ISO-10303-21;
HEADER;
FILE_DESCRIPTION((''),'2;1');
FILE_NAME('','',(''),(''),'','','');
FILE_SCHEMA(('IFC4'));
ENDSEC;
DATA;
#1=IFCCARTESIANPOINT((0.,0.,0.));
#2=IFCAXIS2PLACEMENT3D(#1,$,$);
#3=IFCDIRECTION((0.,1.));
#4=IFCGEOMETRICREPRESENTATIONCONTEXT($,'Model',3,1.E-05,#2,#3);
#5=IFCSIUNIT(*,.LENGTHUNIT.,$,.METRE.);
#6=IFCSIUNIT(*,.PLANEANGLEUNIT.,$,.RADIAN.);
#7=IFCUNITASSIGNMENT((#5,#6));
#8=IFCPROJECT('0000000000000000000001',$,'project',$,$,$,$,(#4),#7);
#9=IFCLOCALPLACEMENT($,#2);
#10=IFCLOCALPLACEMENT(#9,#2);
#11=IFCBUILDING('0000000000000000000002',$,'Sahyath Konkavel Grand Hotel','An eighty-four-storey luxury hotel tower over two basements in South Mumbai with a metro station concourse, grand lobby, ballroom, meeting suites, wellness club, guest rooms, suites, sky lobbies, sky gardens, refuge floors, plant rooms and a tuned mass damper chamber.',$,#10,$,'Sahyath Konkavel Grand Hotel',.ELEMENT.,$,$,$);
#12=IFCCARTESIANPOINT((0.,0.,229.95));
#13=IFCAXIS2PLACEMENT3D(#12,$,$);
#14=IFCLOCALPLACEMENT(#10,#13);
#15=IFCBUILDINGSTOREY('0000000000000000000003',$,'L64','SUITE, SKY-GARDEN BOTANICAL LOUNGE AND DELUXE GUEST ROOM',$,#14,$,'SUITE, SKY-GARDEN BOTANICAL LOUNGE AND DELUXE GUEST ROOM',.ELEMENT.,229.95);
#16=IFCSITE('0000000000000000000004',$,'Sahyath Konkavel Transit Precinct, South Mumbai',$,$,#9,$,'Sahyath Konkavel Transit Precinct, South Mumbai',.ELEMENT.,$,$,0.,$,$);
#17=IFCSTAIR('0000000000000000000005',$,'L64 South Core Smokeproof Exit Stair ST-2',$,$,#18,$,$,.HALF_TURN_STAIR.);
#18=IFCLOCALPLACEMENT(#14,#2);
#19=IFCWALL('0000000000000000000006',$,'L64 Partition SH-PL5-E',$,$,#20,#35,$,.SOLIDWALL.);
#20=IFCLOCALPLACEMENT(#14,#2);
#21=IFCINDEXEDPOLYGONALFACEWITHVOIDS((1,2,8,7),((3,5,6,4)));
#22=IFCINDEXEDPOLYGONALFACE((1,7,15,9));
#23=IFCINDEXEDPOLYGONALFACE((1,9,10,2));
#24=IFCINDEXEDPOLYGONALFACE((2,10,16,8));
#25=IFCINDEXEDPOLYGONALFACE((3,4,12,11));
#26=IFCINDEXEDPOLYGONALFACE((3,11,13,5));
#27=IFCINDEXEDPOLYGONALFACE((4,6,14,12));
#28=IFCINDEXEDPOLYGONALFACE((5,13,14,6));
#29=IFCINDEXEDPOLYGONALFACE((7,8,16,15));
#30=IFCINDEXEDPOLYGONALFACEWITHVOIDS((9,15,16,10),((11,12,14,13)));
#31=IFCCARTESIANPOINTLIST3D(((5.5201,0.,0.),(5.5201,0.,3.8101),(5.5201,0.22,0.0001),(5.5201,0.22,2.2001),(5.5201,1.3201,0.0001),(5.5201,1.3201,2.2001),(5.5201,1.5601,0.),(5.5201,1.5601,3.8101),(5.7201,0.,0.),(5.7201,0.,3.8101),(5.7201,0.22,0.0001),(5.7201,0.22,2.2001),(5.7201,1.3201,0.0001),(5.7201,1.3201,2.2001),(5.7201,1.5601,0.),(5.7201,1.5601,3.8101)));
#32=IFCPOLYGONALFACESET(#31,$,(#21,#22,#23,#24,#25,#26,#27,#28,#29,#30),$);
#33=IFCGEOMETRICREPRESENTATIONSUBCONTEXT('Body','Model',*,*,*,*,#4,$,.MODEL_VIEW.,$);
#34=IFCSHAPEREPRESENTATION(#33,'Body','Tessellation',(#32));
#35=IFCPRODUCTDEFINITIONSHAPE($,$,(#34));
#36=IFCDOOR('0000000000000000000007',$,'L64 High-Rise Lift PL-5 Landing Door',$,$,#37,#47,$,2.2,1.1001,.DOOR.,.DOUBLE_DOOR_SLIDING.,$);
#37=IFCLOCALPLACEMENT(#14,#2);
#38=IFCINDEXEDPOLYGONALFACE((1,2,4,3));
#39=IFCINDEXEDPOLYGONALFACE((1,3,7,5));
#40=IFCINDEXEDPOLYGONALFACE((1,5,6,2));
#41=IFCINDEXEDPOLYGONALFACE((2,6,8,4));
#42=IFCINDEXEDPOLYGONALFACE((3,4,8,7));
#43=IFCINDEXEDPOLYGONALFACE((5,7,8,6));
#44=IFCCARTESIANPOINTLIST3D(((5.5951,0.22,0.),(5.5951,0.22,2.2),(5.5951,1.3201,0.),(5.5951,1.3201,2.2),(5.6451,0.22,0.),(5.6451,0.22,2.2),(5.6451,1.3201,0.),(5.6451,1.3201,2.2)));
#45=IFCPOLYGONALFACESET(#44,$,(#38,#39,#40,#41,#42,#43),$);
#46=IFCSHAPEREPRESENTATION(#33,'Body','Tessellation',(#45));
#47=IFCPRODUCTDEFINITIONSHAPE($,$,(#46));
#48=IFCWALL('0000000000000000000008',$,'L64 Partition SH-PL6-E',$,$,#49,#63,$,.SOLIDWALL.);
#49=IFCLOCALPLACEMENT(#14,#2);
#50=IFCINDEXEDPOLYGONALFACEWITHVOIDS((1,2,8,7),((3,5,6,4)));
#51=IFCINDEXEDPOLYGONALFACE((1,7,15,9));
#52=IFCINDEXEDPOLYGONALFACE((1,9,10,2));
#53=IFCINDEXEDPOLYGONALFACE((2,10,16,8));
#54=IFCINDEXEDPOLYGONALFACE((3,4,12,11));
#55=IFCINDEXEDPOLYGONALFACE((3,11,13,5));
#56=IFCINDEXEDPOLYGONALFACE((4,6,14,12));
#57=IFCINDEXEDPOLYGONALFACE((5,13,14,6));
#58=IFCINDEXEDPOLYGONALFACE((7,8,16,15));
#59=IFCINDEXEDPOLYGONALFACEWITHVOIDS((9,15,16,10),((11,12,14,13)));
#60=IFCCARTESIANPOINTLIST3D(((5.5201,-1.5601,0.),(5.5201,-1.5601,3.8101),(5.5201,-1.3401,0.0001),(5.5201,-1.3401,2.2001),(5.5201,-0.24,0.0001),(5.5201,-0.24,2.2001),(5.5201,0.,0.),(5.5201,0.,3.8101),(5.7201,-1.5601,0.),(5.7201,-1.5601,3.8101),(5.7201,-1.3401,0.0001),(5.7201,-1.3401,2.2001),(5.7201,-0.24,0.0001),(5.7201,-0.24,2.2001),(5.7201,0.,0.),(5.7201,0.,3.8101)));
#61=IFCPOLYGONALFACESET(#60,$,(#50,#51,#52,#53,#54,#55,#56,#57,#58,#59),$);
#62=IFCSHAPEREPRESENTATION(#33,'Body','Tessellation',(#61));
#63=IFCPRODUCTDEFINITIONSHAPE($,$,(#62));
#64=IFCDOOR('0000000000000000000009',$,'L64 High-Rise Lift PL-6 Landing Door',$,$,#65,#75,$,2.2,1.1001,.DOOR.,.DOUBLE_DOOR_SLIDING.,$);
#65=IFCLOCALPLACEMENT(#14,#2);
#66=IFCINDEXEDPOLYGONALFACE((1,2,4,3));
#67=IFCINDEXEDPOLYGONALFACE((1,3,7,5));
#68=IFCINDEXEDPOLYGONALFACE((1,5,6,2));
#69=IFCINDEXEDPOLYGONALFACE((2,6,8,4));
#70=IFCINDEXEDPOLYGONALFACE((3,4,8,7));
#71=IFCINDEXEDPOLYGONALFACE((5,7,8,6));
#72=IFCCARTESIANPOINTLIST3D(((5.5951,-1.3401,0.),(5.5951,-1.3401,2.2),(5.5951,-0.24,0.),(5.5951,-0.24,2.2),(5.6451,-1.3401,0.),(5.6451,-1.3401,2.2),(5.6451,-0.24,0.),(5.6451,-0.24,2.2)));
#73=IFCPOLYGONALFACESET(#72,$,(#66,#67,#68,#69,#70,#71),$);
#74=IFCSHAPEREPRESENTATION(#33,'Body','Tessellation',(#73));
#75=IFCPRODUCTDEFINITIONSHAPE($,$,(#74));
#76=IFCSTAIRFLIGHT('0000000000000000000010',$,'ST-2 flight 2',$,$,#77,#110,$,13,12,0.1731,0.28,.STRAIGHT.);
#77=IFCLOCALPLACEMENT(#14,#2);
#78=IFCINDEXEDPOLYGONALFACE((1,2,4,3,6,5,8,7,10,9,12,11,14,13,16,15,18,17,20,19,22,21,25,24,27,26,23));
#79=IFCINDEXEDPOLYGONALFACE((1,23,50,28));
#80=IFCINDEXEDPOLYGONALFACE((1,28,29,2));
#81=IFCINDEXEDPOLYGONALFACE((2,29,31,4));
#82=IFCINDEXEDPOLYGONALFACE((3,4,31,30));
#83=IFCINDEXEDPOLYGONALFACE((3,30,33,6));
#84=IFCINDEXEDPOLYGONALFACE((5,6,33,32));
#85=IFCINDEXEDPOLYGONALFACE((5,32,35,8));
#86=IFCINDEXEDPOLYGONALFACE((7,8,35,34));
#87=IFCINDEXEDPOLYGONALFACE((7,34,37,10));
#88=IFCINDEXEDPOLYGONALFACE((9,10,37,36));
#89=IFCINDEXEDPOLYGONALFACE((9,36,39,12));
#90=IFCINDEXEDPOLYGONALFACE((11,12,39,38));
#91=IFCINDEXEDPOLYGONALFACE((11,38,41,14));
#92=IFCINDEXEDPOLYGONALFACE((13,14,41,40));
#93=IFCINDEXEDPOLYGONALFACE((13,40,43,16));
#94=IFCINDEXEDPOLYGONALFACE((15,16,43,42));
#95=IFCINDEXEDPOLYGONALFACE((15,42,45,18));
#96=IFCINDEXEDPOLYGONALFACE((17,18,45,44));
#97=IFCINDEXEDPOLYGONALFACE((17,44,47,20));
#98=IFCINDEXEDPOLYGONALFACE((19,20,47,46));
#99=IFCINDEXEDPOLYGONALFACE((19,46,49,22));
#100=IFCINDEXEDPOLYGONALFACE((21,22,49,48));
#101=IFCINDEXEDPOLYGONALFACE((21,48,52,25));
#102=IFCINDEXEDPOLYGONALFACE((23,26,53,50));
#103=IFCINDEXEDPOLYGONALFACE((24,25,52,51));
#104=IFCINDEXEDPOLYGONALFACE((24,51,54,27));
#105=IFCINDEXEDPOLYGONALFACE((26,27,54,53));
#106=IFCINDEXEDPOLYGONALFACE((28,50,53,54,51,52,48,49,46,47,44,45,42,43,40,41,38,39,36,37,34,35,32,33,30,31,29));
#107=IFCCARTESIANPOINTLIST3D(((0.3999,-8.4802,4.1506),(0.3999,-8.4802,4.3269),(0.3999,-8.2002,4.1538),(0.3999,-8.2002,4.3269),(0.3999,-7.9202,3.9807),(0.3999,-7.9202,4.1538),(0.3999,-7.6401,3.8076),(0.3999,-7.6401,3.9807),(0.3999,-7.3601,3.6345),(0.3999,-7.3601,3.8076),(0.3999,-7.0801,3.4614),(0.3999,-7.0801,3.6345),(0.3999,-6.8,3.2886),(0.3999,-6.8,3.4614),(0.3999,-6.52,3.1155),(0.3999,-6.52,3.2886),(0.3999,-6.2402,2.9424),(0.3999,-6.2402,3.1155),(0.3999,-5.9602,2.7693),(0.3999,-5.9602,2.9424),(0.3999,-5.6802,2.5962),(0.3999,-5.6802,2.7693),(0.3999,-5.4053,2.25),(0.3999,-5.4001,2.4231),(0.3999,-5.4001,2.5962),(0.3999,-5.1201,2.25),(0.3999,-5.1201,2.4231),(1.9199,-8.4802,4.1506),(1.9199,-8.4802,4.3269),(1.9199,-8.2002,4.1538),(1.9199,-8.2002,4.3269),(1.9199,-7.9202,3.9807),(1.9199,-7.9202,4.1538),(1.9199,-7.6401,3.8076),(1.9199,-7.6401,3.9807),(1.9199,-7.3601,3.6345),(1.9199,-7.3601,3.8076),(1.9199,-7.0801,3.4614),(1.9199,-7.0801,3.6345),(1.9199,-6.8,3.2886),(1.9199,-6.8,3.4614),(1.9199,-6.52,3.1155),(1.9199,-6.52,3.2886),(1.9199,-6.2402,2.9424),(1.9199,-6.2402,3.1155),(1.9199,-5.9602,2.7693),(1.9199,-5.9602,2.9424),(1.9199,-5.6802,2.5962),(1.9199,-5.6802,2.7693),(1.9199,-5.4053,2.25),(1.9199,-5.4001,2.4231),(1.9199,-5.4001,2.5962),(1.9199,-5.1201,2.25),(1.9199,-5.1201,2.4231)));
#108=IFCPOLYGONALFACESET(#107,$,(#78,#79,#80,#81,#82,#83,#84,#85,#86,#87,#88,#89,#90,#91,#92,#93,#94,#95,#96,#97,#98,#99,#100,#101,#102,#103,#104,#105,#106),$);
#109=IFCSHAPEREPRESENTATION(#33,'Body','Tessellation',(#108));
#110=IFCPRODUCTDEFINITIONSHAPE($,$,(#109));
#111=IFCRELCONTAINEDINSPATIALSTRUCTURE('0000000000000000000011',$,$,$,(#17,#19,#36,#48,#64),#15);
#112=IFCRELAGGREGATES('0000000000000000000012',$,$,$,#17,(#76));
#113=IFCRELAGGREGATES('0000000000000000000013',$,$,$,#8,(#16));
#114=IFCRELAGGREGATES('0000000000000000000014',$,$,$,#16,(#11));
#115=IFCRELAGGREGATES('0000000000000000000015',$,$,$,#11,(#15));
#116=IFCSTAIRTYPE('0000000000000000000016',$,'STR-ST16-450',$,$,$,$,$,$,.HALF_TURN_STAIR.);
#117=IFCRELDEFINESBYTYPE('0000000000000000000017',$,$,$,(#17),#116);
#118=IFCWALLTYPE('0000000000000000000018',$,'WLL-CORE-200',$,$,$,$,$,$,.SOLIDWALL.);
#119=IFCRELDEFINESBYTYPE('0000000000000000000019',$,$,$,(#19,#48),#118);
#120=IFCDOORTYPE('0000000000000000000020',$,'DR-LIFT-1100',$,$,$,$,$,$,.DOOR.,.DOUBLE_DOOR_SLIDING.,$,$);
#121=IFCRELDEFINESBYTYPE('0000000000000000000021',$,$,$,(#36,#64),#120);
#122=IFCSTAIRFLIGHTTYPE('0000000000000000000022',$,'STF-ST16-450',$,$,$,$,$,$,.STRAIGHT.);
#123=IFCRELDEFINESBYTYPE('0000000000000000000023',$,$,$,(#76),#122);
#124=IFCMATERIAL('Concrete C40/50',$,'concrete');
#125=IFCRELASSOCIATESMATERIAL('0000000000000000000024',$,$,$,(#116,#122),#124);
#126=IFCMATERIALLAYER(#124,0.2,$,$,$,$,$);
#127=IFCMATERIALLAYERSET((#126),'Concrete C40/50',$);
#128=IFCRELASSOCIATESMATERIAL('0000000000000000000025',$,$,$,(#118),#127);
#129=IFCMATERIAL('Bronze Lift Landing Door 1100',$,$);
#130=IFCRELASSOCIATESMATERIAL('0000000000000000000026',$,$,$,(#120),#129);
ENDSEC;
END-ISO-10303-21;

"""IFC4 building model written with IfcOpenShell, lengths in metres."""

from ifc_helpers import new_model, si_unit, direction, frame, frame_2d, origin, origin_2d, place, context, subcontext, project, spatial, polyline, rectangle, outline, extrude, source, transform, mapped, material, layer, layer_set, type_object, element, fill, aggregate, save


model = new_model("IFC4")

# Units and contexts
model_context = context("Model", 3, precision=1e-05, world=origin(), true_north=direction((0.0, 1.0)))
body_context = subcontext(model_context, "Body", "Model", "MODEL_VIEW")
ifc_project = project(units=[si_unit("LENGTHUNIT", "METRE"), si_unit("PLANEANGLEUNIT", "RADIAN")], contexts=[model_context])

# Site, building, storey
site_placement = place(None, origin())
site = spatial("IfcSite", under=ifc_project, at=site_placement, Name="Sahyath Konkavel Transit Precinct, South Mumbai", LongName="Sahyath Konkavel Transit Precinct, South Mumbai", CompositionType="ELEMENT", RefElevation=0.0)
building_placement = place(site_placement, origin())
building = spatial("IfcBuilding", under=site, at=building_placement, Name="Sahyath Konkavel Grand Hotel", Description="An eighty-four-storey luxury hotel tower over two basements in South Mumbai with a metro station concourse, grand lobby, ballroom, meeting suites, wellness club, guest rooms, suites, sky lobbies, sky gardens, refuge floors, plant rooms and a tuned mass damper chamber.", LongName="Sahyath Konkavel Grand Hotel", CompositionType="ELEMENT")
storey_placement = place(building_placement, frame((0.0, 0.0, 229.95)))
storey = spatial("IfcBuildingStorey", under=building, at=storey_placement, Name="L64", Description="SUITE, SKY-GARDEN BOTANICAL LOUNGE AND DELUXE GUEST ROOM", LongName="SUITE, SKY-GARDEN BOTANICAL LOUNGE AND DELUXE GUEST ROOM", CompositionType="ELEMENT", Elevation=229.95)

# Shared definitions
ifc_material_1 = material(Name="Concrete C40/50", Category="concrete")

# Stair
stair_type = type_object("IfcStairType", Name="STR-ST16-450", PredefinedType="HALF_TURN_STAIR", material=ifc_material_1)
stair_1_placement = place(storey_placement, origin())
stair_1 = element("IfcStair", 1, at=stair_1_placement, inside=storey, type_object=stair_type, Name="L64 South Core Smokeproof Exit Stair ST-2", PredefinedType="HALF_TURN_STAIR")

# Shared definitions
ifc_layer_1 = layer(ifc_material_1, 0.2)
ifc_layer_set_1 = layer_set([ifc_layer_1], Name="Concrete C40/50")
wall_type_1 = type_object("IfcWallType", Name="WLL-CORE-200", PredefinedType="SOLIDWALL", material=ifc_layer_set_1)

# Walls, openings, doors
wall_1_placement = place(storey_placement, frame((5.6201, 0.0, 0.0), z_axis=(0.0, 0.0, 1.0), x_axis=(0.0, 1.0, 0.0)))
wall_1 = element("IfcWall", 2, at=wall_1_placement, inside=storey, type_object=wall_type_1, Name="L64 Partition SH-PL5-E", PredefinedType="SOLIDWALL", context=body_context, shape_type="SweptSolid", body=[
    extrude(rectangle(XDim=1.5601, YDim=0.2, at=frame_2d((0.78, 0.0))), origin(), (0.0, 0.0, 1.0), 3.8101),
])
opening_1_placement = place(wall_1_placement, frame((0.22, 0.0, 0.0)))
opening_1 = element("IfcOpeningElement", 3, at=opening_1_placement, cuts=wall_1, PredefinedType="OPENING", context=body_context, shape_type="SweptSolid", body=[
    extrude(rectangle(XDim=1.1001, YDim=2.2, at=frame_2d((0.55, 1.1001))), frame((0.0, 0.1099, 0.0), z_axis=(0.0, -1.0, 0.0), x_axis=(1.0, 0.0, 0.0)), (0.0, 0.0, 1.0), 0.22),
])
ifc_material_2 = material(Name="Bronze Lift Landing Door 1100")
door_type_1 = type_object("IfcDoorType", Name="DR-LIFT-1100", OperationType="DOUBLE_DOOR_SLIDING", PredefinedType="DOOR", material=ifc_material_2)
shared_shape_1 = source(origin(), body_context, "Body", "SweptSolid", [
    extrude(rectangle(XDim=1.1001, YDim=0.05, at=origin_2d()), origin(), (0.0, 0.0, 1.0), 2.2),
])
door_1_placement = place(opening_1_placement, frame((0.55, 0.0, 0.0)))
door_1 = element("IfcDoor", 4, at=door_1_placement, inside=storey, type_object=door_type_1, Name="L64 High-Rise Lift PL-5 Landing Door", OperationType="DOUBLE_DOOR_SLIDING", OverallHeight=2.2, OverallWidth=1.1001, PredefinedType="DOOR", context=body_context, shape_type="MappedRepresentation", body=[
    mapped(shared_shape_1, transform((0.0, 0.0, 0.0), scale=1.0)),
])
fill(opening_1, door_1)
wall_2_placement = place(storey_placement, frame((5.6201, -1.5601, 0.0), z_axis=(0.0, 0.0, 1.0), x_axis=(0.0, 1.0, 0.0)))
wall_2 = element("IfcWall", 5, at=wall_2_placement, inside=storey, type_object=wall_type_1, Name="L64 Partition SH-PL6-E", PredefinedType="SOLIDWALL", context=body_context, shape_type="SweptSolid", body=[
    extrude(rectangle(XDim=1.5601, YDim=0.2, at=frame_2d((0.78, 0.0))), origin(), (0.0, 0.0, 1.0), 3.8101),
])
opening_2_placement = place(wall_2_placement, frame((0.22, 0.0, 0.0)))
opening_2 = element("IfcOpeningElement", 6, at=opening_2_placement, cuts=wall_2, PredefinedType="OPENING", context=body_context, shape_type="SweptSolid", body=[
    extrude(rectangle(XDim=1.1001, YDim=2.2, at=frame_2d((0.55, 1.1001))), frame((0.0, 0.1099, 0.0), z_axis=(0.0, -1.0, 0.0), x_axis=(1.0, 0.0, 0.0)), (0.0, 0.0, 1.0), 0.22),
])
door_2_placement = place(opening_2_placement, frame((0.55, 0.0, 0.0)))
door_2 = element("IfcDoor", 7, at=door_2_placement, inside=storey, type_object=door_type_1, Name="L64 High-Rise Lift PL-6 Landing Door", OperationType="DOUBLE_DOOR_SLIDING", OverallHeight=2.2, OverallWidth=1.1001, PredefinedType="DOOR", context=body_context, shape_type="MappedRepresentation", body=[
    mapped(shared_shape_1, transform((0.0, 0.0, 0.0), scale=1.0)),
])
fill(opening_2, door_2)

# Stair flight
stair_flight_type = type_object("IfcStairFlightType", Name="STF-ST16-450", PredefinedType="STRAIGHT", material=ifc_material_1)
stair_flight_placement = place(storey_placement, frame((1.1599, -5.1201, 2.25), z_axis=(0.0, 0.0, 1.0), x_axis=(0.0, -1.0, 0.0)))
stair_flight = element("IfcStairFlight", 8, at=stair_flight_placement, type_object=stair_flight_type, Name="ST-2 flight 2", NumberOfRisers=13, NumberOfTreads=12, PredefinedType="STRAIGHT", RiserHeight=0.1731, TreadLength=0.28, context=body_context, shape_type="SweptSolid", body=[
    extrude(outline(polyline([(0.0, 0.0), (0.0, 0.1731), (0.28, 0.1731), (0.28, 0.3462), (0.5601, 0.3462), (0.5601, 0.5193), (0.8401, 0.5193), (0.8401, 0.6924), (1.1201, 0.6924), (1.1201, 0.8655), (1.3999, 0.8655), (1.3999, 1.0386), (1.6799, 1.0386), (1.6799, 1.2114), (1.96, 1.2114), (1.96, 1.3845), (2.24, 1.3845), (2.24, 1.5576), (2.52, 1.5576), (2.52, 1.7307), (2.8, 1.7307), (2.8, 1.9038), (3.0801, 1.9038), (3.0801, 2.0769), (3.3601, 2.0769), (3.3601, 2.25), (3.3601, 1.9006), (0.2852, 0.0), (0.0, 0.0)])), frame((0.0, 0.76, 0.0), z_axis=(0.0, -1.0, 0.0), x_axis=(1.0, 0.0, 0.0)), (0.0, 0.0, 1.0), 1.52),
])
aggregate(stair_1, [stair_flight])

save(model, "model.ifc")
